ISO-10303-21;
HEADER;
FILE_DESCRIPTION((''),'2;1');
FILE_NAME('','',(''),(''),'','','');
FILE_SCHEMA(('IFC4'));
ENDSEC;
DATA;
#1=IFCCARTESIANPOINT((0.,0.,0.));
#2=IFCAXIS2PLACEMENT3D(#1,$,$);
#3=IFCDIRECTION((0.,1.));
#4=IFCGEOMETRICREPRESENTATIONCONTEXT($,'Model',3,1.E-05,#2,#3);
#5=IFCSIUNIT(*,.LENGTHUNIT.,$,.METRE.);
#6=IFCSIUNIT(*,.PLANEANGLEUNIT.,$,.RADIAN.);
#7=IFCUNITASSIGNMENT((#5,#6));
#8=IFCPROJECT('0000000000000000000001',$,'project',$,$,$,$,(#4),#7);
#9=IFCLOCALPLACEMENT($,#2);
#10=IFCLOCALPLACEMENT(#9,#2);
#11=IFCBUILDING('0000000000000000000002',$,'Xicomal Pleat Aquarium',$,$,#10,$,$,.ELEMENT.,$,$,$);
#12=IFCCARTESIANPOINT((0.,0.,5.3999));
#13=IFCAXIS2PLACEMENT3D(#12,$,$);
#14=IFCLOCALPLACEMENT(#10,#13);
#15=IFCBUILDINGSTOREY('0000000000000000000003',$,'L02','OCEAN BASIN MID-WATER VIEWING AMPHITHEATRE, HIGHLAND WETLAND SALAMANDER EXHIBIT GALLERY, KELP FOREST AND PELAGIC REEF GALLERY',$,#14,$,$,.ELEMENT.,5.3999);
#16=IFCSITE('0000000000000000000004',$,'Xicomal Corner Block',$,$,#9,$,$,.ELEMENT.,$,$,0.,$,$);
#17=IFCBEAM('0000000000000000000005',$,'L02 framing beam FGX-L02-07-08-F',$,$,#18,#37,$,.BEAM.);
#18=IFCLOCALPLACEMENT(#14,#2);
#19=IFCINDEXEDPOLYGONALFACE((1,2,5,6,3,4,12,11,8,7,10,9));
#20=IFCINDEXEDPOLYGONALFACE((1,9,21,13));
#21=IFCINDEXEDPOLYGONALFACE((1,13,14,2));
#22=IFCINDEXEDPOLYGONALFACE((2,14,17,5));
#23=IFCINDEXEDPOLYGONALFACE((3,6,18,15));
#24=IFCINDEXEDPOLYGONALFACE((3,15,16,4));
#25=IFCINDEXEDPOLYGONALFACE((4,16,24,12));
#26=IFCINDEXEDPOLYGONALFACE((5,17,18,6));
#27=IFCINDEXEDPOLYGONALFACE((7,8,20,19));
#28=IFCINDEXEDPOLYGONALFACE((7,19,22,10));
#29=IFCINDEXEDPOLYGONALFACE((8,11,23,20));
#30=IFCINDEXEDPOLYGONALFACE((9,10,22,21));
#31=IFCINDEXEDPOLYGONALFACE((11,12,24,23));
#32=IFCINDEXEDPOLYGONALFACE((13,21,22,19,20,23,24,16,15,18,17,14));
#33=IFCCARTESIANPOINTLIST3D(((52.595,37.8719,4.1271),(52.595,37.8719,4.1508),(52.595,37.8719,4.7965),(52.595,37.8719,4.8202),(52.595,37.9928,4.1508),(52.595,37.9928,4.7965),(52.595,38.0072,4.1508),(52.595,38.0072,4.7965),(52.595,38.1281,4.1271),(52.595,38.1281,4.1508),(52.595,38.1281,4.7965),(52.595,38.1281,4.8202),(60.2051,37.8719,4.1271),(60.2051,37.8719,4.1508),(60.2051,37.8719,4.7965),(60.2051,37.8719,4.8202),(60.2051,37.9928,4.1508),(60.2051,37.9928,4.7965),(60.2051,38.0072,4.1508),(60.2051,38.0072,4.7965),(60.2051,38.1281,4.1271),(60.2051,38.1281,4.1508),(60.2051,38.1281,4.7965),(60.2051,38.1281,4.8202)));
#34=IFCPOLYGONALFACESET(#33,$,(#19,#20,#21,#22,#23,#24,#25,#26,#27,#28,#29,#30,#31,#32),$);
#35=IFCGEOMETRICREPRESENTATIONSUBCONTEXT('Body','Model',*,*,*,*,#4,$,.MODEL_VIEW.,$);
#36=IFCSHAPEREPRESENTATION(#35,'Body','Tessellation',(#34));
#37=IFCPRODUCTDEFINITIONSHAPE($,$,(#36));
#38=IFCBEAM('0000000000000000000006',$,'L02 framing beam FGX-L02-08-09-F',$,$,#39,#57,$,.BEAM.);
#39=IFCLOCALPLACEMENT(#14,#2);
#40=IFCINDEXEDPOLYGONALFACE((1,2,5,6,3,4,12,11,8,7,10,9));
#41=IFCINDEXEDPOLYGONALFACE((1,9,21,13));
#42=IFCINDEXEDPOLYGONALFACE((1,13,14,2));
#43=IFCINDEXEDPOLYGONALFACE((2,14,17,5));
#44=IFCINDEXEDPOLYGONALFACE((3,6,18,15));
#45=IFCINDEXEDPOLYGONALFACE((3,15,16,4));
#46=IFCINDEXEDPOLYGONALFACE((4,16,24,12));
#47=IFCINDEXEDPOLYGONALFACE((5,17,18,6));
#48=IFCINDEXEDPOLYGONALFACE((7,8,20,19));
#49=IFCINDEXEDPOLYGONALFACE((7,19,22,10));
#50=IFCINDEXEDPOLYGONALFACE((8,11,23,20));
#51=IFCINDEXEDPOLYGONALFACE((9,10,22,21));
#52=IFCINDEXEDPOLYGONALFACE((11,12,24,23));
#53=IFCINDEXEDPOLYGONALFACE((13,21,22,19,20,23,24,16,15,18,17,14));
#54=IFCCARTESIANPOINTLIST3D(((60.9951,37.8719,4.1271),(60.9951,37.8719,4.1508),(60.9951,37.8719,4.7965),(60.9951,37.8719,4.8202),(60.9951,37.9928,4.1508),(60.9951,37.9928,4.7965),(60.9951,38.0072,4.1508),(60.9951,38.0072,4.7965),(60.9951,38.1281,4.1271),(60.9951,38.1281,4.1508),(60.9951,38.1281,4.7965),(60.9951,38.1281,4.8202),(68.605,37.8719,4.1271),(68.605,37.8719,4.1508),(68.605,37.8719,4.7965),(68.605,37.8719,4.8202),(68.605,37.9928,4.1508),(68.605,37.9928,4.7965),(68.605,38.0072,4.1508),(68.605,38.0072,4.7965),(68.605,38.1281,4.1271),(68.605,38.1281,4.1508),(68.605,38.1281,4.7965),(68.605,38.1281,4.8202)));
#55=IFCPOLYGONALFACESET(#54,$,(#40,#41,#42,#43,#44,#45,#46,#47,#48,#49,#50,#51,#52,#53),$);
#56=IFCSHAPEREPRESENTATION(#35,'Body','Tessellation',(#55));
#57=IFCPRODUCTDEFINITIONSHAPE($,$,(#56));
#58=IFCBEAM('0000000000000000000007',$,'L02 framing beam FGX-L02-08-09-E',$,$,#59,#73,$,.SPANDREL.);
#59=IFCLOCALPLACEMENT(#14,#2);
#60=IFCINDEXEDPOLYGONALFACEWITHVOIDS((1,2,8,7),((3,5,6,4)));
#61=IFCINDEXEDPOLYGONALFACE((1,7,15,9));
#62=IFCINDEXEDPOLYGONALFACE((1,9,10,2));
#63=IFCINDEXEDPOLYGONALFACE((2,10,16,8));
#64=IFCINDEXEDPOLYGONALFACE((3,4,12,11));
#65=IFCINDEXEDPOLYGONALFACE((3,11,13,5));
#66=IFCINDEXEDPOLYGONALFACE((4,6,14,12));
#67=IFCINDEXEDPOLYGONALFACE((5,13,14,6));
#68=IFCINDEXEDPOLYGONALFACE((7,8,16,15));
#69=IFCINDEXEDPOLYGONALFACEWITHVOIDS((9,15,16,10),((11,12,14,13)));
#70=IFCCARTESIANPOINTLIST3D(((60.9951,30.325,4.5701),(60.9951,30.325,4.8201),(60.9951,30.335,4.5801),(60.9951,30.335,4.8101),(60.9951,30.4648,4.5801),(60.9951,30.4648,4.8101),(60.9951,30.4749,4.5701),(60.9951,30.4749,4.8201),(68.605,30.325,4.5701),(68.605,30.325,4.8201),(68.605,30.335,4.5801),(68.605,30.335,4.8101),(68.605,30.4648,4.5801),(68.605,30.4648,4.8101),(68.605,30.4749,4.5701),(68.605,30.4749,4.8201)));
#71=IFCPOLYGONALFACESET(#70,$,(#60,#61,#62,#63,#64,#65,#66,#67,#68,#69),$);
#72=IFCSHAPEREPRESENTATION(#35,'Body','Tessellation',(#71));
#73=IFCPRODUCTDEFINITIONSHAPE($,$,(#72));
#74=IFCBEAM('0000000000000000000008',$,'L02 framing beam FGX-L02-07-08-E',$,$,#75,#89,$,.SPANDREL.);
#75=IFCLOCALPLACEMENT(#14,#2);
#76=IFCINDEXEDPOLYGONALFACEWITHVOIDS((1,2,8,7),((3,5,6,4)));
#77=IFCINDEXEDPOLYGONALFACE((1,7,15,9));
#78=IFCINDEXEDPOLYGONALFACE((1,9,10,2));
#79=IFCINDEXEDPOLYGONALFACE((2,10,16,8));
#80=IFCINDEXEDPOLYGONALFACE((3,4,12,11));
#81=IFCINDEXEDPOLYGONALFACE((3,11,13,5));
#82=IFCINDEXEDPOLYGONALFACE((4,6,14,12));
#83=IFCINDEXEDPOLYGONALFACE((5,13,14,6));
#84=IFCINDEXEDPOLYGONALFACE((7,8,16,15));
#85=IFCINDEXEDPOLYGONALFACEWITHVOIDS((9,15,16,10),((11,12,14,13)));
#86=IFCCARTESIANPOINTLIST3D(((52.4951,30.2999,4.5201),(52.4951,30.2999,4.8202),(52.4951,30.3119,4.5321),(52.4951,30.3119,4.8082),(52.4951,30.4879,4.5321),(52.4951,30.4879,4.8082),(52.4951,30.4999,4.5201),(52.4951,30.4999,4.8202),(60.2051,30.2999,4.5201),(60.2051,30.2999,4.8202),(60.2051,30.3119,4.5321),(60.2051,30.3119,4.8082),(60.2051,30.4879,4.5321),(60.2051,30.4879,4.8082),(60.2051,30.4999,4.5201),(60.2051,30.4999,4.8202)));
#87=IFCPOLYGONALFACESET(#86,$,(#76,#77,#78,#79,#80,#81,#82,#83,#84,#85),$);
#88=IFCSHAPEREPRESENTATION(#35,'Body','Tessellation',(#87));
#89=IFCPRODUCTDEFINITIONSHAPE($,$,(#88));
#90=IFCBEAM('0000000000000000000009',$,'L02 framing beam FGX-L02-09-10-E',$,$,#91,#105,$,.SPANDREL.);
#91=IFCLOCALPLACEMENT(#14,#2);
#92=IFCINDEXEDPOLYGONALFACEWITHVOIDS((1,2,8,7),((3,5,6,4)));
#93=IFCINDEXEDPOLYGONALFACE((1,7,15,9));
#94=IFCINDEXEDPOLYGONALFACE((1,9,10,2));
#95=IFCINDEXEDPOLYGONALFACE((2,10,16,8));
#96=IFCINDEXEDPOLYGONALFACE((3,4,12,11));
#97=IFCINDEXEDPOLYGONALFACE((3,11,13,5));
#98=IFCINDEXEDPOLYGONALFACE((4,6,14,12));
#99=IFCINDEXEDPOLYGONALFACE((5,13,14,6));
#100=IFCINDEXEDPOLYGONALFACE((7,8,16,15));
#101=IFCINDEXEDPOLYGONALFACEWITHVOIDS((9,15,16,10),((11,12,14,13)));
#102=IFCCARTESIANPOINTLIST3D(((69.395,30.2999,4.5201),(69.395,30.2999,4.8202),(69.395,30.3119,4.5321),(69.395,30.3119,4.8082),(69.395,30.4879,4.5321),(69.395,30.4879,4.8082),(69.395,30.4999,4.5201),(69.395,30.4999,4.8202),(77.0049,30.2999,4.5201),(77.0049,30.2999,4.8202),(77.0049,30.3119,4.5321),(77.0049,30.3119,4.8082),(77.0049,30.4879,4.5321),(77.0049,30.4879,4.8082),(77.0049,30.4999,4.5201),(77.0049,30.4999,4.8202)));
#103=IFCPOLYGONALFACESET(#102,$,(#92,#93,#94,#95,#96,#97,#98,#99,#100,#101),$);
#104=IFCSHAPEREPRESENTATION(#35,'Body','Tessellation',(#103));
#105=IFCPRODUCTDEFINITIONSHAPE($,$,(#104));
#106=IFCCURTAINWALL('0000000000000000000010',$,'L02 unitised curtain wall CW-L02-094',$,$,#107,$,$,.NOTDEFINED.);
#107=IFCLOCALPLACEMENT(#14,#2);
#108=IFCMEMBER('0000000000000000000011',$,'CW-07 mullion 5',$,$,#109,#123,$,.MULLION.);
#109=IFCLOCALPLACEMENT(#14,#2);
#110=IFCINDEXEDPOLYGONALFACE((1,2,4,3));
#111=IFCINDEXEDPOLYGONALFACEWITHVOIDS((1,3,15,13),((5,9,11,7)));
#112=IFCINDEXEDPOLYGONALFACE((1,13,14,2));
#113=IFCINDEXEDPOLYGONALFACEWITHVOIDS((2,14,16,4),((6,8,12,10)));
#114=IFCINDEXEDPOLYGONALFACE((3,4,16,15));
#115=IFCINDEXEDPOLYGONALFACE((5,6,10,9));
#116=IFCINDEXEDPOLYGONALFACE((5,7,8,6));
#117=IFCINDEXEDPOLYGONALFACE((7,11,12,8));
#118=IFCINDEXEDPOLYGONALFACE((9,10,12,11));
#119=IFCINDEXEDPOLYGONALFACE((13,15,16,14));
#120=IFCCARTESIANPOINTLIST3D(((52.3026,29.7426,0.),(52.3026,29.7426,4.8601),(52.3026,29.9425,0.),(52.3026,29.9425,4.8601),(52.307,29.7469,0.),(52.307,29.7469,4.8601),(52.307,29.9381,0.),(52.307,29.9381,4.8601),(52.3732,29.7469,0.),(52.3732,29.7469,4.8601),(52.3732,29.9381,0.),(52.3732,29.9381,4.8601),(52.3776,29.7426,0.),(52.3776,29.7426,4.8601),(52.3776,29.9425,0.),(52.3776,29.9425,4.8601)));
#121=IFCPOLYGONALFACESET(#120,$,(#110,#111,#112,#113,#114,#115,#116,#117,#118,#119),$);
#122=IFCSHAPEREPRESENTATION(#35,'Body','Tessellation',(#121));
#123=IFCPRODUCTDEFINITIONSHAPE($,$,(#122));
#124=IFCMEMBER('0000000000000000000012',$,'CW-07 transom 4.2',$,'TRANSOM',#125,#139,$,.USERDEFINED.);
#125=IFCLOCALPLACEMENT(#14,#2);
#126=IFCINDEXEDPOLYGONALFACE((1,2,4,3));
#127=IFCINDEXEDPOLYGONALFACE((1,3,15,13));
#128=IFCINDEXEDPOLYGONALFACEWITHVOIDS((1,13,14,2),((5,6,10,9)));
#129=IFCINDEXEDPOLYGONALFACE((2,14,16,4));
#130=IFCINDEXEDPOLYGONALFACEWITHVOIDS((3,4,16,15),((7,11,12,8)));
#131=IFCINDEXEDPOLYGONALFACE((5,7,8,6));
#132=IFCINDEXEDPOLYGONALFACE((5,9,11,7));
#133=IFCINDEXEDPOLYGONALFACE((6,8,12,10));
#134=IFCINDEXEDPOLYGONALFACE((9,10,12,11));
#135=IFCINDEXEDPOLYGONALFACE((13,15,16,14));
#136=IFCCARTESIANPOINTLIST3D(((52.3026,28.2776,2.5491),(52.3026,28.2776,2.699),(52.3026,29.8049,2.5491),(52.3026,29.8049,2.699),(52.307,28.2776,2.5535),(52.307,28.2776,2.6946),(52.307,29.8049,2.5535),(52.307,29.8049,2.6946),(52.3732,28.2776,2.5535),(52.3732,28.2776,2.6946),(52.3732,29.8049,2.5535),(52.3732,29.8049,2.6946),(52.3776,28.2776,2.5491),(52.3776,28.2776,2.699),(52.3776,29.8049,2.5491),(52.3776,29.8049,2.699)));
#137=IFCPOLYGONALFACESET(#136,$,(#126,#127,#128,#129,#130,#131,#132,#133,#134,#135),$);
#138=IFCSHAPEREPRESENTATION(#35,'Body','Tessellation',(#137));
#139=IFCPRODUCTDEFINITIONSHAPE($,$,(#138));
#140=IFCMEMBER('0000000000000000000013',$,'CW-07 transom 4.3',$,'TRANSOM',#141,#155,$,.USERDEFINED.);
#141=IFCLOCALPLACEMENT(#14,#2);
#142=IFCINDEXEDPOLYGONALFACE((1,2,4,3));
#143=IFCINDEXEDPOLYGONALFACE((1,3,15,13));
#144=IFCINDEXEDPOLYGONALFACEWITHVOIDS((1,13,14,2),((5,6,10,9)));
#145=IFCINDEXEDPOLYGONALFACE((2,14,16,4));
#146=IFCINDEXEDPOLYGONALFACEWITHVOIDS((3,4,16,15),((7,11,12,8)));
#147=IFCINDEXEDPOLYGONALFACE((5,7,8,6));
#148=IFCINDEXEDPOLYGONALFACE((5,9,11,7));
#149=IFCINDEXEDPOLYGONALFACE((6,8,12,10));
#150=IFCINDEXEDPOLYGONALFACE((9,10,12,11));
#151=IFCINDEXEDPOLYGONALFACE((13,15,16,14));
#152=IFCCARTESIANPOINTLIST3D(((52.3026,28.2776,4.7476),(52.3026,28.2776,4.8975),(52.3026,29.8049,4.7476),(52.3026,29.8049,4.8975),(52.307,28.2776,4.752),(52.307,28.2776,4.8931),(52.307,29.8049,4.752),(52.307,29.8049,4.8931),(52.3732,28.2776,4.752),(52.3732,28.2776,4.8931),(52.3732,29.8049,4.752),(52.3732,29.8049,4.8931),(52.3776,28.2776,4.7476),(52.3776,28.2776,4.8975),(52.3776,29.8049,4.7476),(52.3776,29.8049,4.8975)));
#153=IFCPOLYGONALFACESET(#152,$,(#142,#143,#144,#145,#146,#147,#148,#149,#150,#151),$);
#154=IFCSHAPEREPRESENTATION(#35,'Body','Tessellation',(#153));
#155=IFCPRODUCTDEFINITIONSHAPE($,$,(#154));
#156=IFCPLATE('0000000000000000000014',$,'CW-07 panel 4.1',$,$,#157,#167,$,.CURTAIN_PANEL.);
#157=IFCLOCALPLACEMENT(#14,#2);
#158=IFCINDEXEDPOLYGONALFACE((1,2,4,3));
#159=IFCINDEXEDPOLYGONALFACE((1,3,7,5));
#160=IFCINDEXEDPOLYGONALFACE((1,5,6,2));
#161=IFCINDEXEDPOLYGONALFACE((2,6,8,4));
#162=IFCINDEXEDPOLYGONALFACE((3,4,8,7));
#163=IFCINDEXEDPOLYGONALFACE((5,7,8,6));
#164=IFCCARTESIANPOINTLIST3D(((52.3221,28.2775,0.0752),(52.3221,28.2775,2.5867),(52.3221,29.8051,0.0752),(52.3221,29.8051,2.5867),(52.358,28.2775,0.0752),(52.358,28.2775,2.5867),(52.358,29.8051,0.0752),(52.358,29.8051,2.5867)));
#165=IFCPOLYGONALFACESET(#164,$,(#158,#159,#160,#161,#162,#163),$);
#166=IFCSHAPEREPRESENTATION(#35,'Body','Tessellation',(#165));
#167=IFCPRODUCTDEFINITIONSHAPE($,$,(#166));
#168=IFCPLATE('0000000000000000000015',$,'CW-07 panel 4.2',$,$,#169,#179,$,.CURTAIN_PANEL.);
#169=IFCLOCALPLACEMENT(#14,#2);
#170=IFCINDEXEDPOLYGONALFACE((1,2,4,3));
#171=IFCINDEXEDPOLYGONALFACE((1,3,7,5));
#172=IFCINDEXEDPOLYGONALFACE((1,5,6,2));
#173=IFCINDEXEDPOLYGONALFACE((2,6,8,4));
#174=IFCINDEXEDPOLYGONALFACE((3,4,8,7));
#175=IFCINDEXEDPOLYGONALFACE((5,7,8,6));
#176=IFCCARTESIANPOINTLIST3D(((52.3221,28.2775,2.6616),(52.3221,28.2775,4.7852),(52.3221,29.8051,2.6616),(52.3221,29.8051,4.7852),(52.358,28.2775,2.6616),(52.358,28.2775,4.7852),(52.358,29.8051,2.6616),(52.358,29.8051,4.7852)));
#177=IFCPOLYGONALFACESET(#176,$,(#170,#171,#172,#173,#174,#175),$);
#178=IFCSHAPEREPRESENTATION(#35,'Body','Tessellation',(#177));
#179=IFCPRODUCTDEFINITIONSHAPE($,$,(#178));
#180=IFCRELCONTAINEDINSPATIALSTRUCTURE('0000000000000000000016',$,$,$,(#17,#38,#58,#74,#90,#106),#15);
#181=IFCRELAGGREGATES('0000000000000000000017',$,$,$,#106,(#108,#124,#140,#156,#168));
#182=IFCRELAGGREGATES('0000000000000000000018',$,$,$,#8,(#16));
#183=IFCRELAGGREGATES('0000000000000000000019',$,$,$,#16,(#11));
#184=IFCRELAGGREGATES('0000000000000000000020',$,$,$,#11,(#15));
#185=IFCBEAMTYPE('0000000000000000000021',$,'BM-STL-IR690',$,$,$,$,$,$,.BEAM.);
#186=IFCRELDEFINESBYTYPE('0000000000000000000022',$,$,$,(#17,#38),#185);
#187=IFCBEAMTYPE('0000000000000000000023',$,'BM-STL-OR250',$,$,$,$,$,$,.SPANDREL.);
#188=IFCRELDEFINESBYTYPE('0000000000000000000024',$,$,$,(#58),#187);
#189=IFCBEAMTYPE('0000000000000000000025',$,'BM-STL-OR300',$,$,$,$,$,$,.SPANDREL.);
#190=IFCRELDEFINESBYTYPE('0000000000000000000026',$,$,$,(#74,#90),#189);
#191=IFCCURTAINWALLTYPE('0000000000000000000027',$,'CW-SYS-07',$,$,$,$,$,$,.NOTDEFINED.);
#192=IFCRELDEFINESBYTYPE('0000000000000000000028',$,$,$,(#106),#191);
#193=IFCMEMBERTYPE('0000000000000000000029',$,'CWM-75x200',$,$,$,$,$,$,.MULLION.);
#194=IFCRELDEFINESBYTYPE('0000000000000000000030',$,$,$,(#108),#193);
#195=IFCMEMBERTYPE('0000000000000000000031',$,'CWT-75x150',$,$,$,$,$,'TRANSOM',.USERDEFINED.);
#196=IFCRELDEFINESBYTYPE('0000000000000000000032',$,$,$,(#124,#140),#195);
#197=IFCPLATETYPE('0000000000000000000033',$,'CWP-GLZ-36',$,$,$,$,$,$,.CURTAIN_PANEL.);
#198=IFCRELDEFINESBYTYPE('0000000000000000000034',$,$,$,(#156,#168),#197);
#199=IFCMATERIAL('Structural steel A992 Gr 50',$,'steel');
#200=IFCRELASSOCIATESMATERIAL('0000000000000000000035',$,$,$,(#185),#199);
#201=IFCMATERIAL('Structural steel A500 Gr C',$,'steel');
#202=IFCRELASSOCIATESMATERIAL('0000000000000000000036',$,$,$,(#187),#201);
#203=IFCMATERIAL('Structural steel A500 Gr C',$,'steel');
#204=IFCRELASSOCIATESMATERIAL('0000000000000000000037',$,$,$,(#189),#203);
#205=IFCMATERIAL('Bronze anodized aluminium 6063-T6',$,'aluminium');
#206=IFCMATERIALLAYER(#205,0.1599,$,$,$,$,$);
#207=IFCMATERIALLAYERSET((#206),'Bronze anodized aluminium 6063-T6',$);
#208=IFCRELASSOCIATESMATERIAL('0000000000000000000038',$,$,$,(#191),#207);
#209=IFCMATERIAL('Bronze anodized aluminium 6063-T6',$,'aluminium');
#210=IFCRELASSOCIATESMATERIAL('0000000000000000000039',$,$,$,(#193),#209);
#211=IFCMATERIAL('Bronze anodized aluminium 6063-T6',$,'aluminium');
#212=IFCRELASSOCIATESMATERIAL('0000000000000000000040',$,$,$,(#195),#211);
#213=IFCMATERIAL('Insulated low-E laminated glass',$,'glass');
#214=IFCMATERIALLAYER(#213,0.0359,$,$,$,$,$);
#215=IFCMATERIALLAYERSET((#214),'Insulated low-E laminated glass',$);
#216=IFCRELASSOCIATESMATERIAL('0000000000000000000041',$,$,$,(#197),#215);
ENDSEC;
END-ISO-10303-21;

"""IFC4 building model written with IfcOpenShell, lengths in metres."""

from ifc_helpers import new_model, si_unit, direction, frame, origin, origin_2d, place, context, subcontext, project, spatial, rectangle, hollow_rectangle, i_section, extrude, material, layer, layer_set, material_profile, profile_set, type_object, element, aggregate, save


model = new_model("IFC4")

# Units and contexts
model_context = context("Model", 3, precision=1e-05, world=origin(), true_north=direction((0.0, 1.0)))
body_context = subcontext(model_context, "Body", "Model", "MODEL_VIEW")
ifc_project = project(units=[si_unit("LENGTHUNIT", "METRE"), si_unit("PLANEANGLEUNIT", "RADIAN")], contexts=[model_context])

# Site, building, storey
site_placement = place(None, origin())
site = spatial("IfcSite", under=ifc_project, at=site_placement, Name="Xicomal Corner Block", CompositionType="ELEMENT", RefElevation=0.0)
building_placement = place(site_placement, origin())
building = spatial("IfcBuilding", under=site, at=building_placement, Name="Xicomal Pleat Aquarium", CompositionType="ELEMENT")
storey_placement = place(building_placement, frame((0.0, 0.0, 5.3999)))
storey = spatial("IfcBuildingStorey", under=building, at=storey_placement, Name="L02", Description="OCEAN BASIN MID-WATER VIEWING AMPHITHEATRE, HIGHLAND WETLAND SALAMANDER EXHIBIT GALLERY, KELP FOREST AND PELAGIC REEF GALLERY", CompositionType="ELEMENT", Elevation=5.3999)

# Beams
ifc_material_1 = material(Name="Structural steel A992 Gr 50", Category="steel")
ifc_material_profile_1 = material_profile(ifc_material_1, i_section(OverallWidth=0.2561, OverallDepth=0.6931, WebThickness=0.0144, FlangeThickness=0.0237, at=origin_2d()), Name="IR 690x170")
ifc_profile_set_1 = profile_set([ifc_material_profile_1], Name="Structural steel A992 Gr 50")
beam_type_1 = type_object("IfcBeamType", Name="BM-STL-IR690", PredefinedType="BEAM", material=ifc_profile_set_1)
beam_1_placement = place(storey_placement, frame((52.595, 38.0, 4.4736), z_axis=(1.0, 0.0, 0.0), x_axis=(0.0, 1.0, 0.0)))
element("IfcBeam", 1, at=beam_1_placement, inside=storey, type_object=beam_type_1, Name="L02 framing beam FGX-L02-07-08-F", PredefinedType="BEAM", context=body_context, shape_type="SweptSolid", body=[
    extrude(i_section(OverallWidth=0.2561, OverallDepth=0.6931, WebThickness=0.0144, FlangeThickness=0.0237, at=origin_2d()), origin(), (0.0, 0.0, 1.0), 7.6101),
])
beam_2_placement = place(storey_placement, frame((60.9951, 38.0, 4.4736), z_axis=(1.0, 0.0, 0.0), x_axis=(0.0, 1.0, 0.0)))
element("IfcBeam", 2, at=beam_2_placement, inside=storey, type_object=beam_type_1, Name="L02 framing beam FGX-L02-08-09-F", PredefinedType="BEAM", context=body_context, shape_type="SweptSolid", body=[
    extrude(i_section(OverallWidth=0.2561, OverallDepth=0.6931, WebThickness=0.0144, FlangeThickness=0.0237, at=origin_2d()), origin(), (0.0, 0.0, 1.0), 7.6099),
])
ifc_material_2 = material(Name="Structural steel A500 Gr C", Category="steel")
ifc_material_profile_2 = material_profile(ifc_material_2, hollow_rectangle(XDim=0.1499, YDim=0.25, WallThickness=0.01, at=origin_2d()), Name="OR 250x150x10")
ifc_profile_set_2 = profile_set([ifc_material_profile_2], Name="Structural steel A500 Gr C")
beam_type_2 = type_object("IfcBeamType", Name="BM-STL-OR250", PredefinedType="SPANDREL", material=ifc_profile_set_2)
beam_3_placement = place(storey_placement, frame((60.9951, 30.3999, 4.6951), z_axis=(1.0, 0.0, 0.0), x_axis=(0.0, 1.0, 0.0)))
element("IfcBeam", 3, at=beam_3_placement, inside=storey, type_object=beam_type_2, Name="L02 framing beam FGX-L02-08-09-E", PredefinedType="SPANDREL", context=body_context, shape_type="SweptSolid", body=[
    extrude(hollow_rectangle(XDim=0.1499, YDim=0.25, WallThickness=0.01, at=origin_2d()), origin(), (0.0, 0.0, 1.0), 7.6099),
])
ifc_material_3 = material(Name="Structural steel A500 Gr C", Category="steel")
ifc_material_profile_3 = material_profile(ifc_material_3, hollow_rectangle(XDim=0.2, YDim=0.3, WallThickness=0.012, at=origin_2d()), Name="OR 300x200x12")
ifc_profile_set_3 = profile_set([ifc_material_profile_3], Name="Structural steel A500 Gr C")
beam_type_3 = type_object("IfcBeamType", Name="BM-STL-OR300", PredefinedType="SPANDREL", material=ifc_profile_set_3)
beam_4_placement = place(storey_placement, frame((52.4951, 30.3999, 4.6702), z_axis=(1.0, 0.0, 0.0), x_axis=(0.0, 1.0, 0.0)))
element("IfcBeam", 4, at=beam_4_placement, inside=storey, type_object=beam_type_3, Name="L02 framing beam FGX-L02-07-08-E", PredefinedType="SPANDREL", context=body_context, shape_type="SweptSolid", body=[
    extrude(hollow_rectangle(XDim=0.2, YDim=0.3, WallThickness=0.012, at=origin_2d()), origin(), (0.0, 0.0, 1.0), 7.71),
])
beam_5_placement = place(storey_placement, frame((69.395, 30.3999, 4.6702), z_axis=(1.0, 0.0, 0.0), x_axis=(0.0, 1.0, 0.0)))
element("IfcBeam", 5, at=beam_5_placement, inside=storey, type_object=beam_type_3, Name="L02 framing beam FGX-L02-09-10-E", PredefinedType="SPANDREL", context=body_context, shape_type="SweptSolid", body=[
    extrude(hollow_rectangle(XDim=0.2, YDim=0.3, WallThickness=0.012, at=origin_2d()), origin(), (0.0, 0.0, 1.0), 7.6099),
])

# Curtain wall, members, plates
ifc_material_4 = material(Name="Bronze anodized aluminium 6063-T6", Category="aluminium")
ifc_layer_1 = layer(ifc_material_4, 0.1599)
ifc_layer_set_1 = layer_set([ifc_layer_1], Name="Bronze anodized aluminium 6063-T6")
curtain_wall_type = type_object("IfcCurtainWallType", Name="CW-SYS-07", PredefinedType="NOTDEFINED", material=ifc_layer_set_1)
curtain_wall_placement = place(storey_placement, origin())
curtain_wall = element("IfcCurtainWall", 6, at=curtain_wall_placement, inside=storey, type_object=curtain_wall_type, Name="L02 unitised curtain wall CW-L02-094", PredefinedType="NOTDEFINED")
ifc_material_5 = material(Name="Bronze anodized aluminium 6063-T6", Category="aluminium")
ifc_material_profile_4 = material_profile(ifc_material_5, hollow_rectangle(XDim=0.075, YDim=0.2, WallThickness=0.0044, at=origin_2d()), Name="ALU MULL 75x200")
ifc_profile_set_4 = profile_set([ifc_material_profile_4], Name="Bronze anodized aluminium 6063-T6")
member_type_1 = type_object("IfcMemberType", Name="CWM-75x200", PredefinedType="MULLION", material=ifc_profile_set_4)
member_1_placement = place(storey_placement, frame((52.3401, 29.8425, 0.0), z_axis=(0.0, 0.0, 1.0), x_axis=(-1.0, 0.0, 0.0)))
member_1 = element("IfcMember", 7, at=member_1_placement, type_object=member_type_1, Name="CW-07 mullion 5", PredefinedType="MULLION", context=body_context, shape_type="SweptSolid", body=[
    extrude(hollow_rectangle(XDim=0.075, YDim=0.2, WallThickness=0.0044, at=origin_2d()), origin(), (0.0, 0.0, 1.0), 4.8601),
])
ifc_material_6 = material(Name="Bronze anodized aluminium 6063-T6", Category="aluminium")
ifc_material_profile_5 = material_profile(ifc_material_6, hollow_rectangle(XDim=0.075, YDim=0.1499, WallThickness=0.0044, at=origin_2d()), Name="ALU TRAN 75x150")
ifc_profile_set_5 = profile_set([ifc_material_profile_5], Name="Bronze anodized aluminium 6063-T6")
member_type_2 = type_object("IfcMemberType", Name="CWT-75x150", ElementType="TRANSOM", PredefinedType="USERDEFINED", material=ifc_profile_set_5)
member_2_placement = place(storey_placement, frame((52.3401, 28.2776, 2.624), z_axis=(0.0, 1.0, 0.0), x_axis=(-1.0, 0.0, 0.0)))
member_2 = element("IfcMember", 8, at=member_2_placement, type_object=member_type_2, Name="CW-07 transom 4.2", ObjectType="TRANSOM", PredefinedType="USERDEFINED", context=body_context, shape_type="SweptSolid", body=[
    extrude(hollow_rectangle(XDim=0.075, YDim=0.1499, WallThickness=0.0044, at=origin_2d()), origin(), (0.0, 0.0, 1.0), 1.5273),
])
member_3_placement = place(storey_placement, frame((52.3401, 28.2776, 4.8225), z_axis=(0.0, 1.0, 0.0), x_axis=(-1.0, 0.0, 0.0)))
member_3 = element("IfcMember", 9, at=member_3_placement, type_object=member_type_2, Name="CW-07 transom 4.3", ObjectType="TRANSOM", PredefinedType="USERDEFINED", context=body_context, shape_type="SweptSolid", body=[
    extrude(hollow_rectangle(XDim=0.075, YDim=0.1499, WallThickness=0.0044, at=origin_2d()), origin(), (0.0, 0.0, 1.0), 1.5273),
])
ifc_material_7 = material(Name="Insulated low-E laminated glass", Category="glass")
ifc_layer_2 = layer(ifc_material_7, 0.0359)
ifc_layer_set_2 = layer_set([ifc_layer_2], Name="Insulated low-E laminated glass")
plate_type = type_object("IfcPlateType", Name="CWP-GLZ-36", PredefinedType="CURTAIN_PANEL", material=ifc_layer_set_2)
plate_1_placement = place(storey_placement, frame((52.3401, 29.0413, 0.0752), z_axis=(0.0, 0.0, 1.0), x_axis=(0.0, 1.0, 0.0)))
plate_1 = element("IfcPlate", 10, at=plate_1_placement, type_object=plate_type, Name="CW-07 panel 4.1", PredefinedType="CURTAIN_PANEL", context=body_context, shape_type="SweptSolid", body=[
    extrude(rectangle(XDim=1.5276, YDim=0.0359, at=origin_2d()), origin(), (0.0, 0.0, 1.0), 2.5115),
])
plate_2_placement = place(storey_placement, frame((52.3401, 29.0413, 2.6616), z_axis=(0.0, 0.0, 1.0), x_axis=(0.0, 1.0, 0.0)))
plate_2 = element("IfcPlate", 11, at=plate_2_placement, type_object=plate_type, Name="CW-07 panel 4.2", PredefinedType="CURTAIN_PANEL", context=body_context, shape_type="SweptSolid", body=[
    extrude(rectangle(XDim=1.5276, YDim=0.0359, at=origin_2d()), origin(), (0.0, 0.0, 1.0), 2.1235),
])
aggregate(curtain_wall, [member_1, member_2, member_3, plate_1, plate_2])

save(model, "model.ifc")
